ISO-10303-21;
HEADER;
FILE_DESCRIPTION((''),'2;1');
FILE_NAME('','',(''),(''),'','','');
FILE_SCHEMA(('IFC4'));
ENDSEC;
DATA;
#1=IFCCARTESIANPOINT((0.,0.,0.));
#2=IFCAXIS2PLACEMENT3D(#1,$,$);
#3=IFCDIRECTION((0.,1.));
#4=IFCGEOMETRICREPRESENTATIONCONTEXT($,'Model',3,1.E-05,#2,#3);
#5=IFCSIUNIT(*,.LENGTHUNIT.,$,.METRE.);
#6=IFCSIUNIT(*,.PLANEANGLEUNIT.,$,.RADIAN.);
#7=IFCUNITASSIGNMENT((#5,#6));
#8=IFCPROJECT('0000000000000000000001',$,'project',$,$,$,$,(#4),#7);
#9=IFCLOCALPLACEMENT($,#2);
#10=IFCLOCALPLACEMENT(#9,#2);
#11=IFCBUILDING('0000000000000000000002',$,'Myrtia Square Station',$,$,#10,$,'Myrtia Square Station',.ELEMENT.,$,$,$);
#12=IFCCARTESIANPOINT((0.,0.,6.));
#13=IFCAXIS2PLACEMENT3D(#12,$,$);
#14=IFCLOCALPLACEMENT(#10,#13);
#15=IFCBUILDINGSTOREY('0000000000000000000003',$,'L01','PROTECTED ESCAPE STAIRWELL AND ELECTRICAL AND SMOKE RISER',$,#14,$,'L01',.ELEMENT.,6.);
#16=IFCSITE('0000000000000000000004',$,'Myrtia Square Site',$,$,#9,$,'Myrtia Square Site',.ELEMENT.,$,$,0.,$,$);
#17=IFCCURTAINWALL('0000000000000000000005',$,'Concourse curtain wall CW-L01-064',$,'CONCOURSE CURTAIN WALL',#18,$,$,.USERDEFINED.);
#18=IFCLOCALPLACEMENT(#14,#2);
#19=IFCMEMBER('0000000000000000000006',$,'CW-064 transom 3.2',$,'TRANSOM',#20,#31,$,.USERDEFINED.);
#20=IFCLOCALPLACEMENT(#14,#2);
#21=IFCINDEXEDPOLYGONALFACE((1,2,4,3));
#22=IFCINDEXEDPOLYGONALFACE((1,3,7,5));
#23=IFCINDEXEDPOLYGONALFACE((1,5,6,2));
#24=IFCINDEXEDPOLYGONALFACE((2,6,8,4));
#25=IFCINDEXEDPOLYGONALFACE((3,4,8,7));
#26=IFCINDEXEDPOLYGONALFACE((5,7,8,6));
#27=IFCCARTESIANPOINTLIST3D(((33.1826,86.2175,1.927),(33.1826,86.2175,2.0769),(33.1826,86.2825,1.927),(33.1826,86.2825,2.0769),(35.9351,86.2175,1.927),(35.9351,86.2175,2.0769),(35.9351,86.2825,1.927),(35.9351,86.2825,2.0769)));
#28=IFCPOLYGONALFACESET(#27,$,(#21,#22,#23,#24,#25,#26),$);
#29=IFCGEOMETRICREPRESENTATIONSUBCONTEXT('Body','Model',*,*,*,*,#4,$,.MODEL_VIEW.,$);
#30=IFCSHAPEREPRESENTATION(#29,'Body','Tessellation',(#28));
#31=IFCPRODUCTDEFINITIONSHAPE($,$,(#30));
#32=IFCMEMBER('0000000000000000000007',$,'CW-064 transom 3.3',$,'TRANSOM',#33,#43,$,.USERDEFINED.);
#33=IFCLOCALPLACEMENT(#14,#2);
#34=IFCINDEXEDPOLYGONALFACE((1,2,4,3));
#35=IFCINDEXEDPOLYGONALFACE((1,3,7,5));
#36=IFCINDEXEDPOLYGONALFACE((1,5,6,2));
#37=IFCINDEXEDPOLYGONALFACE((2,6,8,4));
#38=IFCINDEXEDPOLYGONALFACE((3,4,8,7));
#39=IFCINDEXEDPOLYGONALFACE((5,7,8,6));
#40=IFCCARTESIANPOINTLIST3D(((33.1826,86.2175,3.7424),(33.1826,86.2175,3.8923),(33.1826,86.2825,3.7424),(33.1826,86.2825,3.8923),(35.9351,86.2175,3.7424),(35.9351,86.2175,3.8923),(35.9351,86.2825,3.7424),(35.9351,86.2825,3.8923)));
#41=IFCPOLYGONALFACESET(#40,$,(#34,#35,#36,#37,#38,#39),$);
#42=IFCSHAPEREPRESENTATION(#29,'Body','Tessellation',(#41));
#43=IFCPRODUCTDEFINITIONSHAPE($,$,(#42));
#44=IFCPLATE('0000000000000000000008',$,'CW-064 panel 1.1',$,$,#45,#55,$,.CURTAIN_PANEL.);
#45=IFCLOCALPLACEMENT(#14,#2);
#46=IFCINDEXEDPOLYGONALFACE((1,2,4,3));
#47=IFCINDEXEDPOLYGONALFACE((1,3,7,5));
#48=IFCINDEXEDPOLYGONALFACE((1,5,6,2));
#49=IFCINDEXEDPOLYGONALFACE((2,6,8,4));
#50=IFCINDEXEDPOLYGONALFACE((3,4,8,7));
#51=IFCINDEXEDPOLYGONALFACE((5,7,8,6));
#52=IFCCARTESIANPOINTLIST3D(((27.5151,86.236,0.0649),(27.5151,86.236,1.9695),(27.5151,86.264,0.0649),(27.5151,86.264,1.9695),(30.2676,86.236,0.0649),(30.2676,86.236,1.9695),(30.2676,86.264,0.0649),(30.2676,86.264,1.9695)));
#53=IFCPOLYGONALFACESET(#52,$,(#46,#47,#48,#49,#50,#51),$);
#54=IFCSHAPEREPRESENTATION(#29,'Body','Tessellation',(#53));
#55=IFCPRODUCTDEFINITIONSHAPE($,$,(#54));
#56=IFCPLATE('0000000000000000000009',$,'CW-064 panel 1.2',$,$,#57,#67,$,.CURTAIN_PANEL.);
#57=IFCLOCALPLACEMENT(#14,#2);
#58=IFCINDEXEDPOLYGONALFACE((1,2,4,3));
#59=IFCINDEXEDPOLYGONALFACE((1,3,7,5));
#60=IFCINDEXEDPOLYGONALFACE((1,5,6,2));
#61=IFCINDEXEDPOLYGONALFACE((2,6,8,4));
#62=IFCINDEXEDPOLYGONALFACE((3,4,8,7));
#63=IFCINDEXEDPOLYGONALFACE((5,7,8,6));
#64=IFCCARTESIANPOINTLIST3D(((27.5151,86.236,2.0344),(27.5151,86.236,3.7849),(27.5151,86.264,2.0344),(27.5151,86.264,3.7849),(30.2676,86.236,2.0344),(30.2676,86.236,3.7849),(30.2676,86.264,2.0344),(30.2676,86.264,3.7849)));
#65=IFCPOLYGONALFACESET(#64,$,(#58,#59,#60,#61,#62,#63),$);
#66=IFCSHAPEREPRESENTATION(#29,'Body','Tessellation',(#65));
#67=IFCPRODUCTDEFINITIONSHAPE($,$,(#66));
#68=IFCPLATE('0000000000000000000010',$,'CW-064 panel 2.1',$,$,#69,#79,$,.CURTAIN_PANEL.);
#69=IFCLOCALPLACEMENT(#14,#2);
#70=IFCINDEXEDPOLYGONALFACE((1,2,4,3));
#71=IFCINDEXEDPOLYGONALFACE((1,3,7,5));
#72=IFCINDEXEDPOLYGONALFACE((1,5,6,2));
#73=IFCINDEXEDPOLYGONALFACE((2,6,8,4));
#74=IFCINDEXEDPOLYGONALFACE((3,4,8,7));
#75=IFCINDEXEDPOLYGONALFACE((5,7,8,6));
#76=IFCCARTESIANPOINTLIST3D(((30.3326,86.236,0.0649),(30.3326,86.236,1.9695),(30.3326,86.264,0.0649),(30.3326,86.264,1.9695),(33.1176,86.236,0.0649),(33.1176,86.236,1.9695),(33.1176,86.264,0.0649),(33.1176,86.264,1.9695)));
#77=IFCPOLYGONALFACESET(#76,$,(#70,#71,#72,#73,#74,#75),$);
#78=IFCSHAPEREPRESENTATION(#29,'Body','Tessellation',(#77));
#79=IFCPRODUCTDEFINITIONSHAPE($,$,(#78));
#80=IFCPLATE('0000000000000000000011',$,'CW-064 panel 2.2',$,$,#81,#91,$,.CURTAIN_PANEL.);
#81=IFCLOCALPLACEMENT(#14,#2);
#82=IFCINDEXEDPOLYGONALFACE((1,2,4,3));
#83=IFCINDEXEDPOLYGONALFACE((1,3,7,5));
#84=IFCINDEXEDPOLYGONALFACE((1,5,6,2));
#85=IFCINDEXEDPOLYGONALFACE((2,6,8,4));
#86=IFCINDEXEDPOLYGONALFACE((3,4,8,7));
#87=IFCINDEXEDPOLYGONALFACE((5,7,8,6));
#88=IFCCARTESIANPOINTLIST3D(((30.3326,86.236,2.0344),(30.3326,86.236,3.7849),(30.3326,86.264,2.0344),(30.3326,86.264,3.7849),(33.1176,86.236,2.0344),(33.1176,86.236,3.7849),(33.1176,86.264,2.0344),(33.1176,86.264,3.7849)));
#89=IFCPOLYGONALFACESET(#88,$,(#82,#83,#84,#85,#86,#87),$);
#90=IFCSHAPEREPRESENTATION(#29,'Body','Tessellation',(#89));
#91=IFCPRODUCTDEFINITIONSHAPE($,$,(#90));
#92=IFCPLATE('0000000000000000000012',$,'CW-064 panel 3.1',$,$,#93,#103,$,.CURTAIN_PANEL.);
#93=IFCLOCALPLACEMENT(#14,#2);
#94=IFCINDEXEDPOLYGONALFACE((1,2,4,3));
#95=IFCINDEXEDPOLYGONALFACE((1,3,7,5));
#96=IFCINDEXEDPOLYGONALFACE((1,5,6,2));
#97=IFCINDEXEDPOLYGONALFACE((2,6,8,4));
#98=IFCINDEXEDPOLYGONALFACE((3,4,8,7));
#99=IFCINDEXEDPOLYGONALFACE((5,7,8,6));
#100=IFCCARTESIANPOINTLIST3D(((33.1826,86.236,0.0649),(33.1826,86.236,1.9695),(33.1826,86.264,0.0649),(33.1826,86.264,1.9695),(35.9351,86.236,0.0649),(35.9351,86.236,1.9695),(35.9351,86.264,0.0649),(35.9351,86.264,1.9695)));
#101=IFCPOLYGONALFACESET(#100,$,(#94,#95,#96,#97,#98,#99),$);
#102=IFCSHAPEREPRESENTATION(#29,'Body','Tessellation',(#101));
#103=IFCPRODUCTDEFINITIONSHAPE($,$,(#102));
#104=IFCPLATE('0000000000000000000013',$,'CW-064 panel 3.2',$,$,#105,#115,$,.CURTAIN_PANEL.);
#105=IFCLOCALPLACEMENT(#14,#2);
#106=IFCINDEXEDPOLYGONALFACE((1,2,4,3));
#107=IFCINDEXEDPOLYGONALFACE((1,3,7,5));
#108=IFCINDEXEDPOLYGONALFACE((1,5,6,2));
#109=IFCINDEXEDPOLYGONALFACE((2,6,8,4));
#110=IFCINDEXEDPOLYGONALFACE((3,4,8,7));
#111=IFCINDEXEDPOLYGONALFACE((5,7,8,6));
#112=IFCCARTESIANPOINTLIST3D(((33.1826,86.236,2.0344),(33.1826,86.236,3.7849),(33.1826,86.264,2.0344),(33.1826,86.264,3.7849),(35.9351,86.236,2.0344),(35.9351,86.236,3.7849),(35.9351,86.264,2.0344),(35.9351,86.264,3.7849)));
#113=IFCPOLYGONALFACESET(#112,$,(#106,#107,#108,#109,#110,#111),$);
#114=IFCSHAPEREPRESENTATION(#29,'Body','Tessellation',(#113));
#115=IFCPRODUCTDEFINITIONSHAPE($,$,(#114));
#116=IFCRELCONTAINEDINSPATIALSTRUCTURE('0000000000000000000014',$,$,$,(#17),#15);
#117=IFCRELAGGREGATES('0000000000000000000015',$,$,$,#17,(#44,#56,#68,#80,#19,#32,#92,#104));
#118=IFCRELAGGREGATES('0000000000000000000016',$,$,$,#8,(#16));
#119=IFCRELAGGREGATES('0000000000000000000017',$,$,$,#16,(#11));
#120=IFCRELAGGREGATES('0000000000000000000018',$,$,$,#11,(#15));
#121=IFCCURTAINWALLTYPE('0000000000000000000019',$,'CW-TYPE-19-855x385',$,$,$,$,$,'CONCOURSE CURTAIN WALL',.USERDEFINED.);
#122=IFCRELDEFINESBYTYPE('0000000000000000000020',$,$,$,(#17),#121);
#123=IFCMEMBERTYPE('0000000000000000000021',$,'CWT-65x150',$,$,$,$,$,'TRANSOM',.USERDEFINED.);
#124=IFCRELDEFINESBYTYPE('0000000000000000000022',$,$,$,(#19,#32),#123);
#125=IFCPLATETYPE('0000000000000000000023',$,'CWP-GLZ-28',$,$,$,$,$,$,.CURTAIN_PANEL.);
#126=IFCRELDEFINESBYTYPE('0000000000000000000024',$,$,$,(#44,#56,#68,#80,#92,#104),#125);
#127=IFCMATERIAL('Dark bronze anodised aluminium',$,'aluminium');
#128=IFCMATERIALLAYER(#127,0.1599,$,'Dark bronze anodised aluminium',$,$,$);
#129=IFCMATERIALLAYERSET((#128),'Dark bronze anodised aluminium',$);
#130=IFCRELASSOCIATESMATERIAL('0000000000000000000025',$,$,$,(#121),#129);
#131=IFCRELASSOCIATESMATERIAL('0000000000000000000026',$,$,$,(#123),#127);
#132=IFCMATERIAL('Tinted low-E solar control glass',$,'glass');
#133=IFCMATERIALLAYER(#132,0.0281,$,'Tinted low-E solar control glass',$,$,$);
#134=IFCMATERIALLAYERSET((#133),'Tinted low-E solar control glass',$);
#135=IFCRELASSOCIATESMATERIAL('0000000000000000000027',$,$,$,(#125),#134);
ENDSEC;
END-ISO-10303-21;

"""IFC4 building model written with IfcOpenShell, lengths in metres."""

from ifc_helpers import new_model, si_unit, direction, frame, origin, origin_2d, place, context, subcontext, project, spatial, rectangle, extrude, material, layer, layer_set, material_profile, profile_set, type_object, element, aggregate, save


model = new_model("IFC4")

# Units and contexts
model_context = context("Model", 3, precision=1e-05, world=origin(), true_north=direction((0.0, 1.0)))
body_context = subcontext(model_context, "Body", "Model", "MODEL_VIEW")
ifc_project = project(units=[si_unit("LENGTHUNIT", "METRE"), si_unit("PLANEANGLEUNIT", "RADIAN")], contexts=[model_context])

# Site, building, storey
site_placement = place(None, origin())
site = spatial("IfcSite", under=ifc_project, at=site_placement, Name="Myrtia Square Site", LongName="Myrtia Square Site", CompositionType="ELEMENT", RefElevation=0.0)
building_placement = place(site_placement, origin())
building = spatial("IfcBuilding", under=site, at=building_placement, Name="Myrtia Square Station", LongName="Myrtia Square Station", CompositionType="ELEMENT")
storey_placement = place(building_placement, frame((0.0, 0.0, 6.0)))
storey = spatial("IfcBuildingStorey", under=building, at=storey_placement, Name="L01", Description="PROTECTED ESCAPE STAIRWELL AND ELECTRICAL AND SMOKE RISER", LongName="L01", CompositionType="ELEMENT", Elevation=6.0)

# Curtain wall, members, plates
ifc_material_1 = material(Name="Dark bronze anodised aluminium", Category="aluminium")
ifc_layer_1 = layer(ifc_material_1, 0.1599, Name="Dark bronze anodised aluminium")
ifc_layer_set_1 = layer_set([ifc_layer_1], Name="Dark bronze anodised aluminium")
curtain_wall_type = type_object("IfcCurtainWallType", Name="CW-TYPE-19-855x385", ElementType="CONCOURSE CURTAIN WALL", PredefinedType="USERDEFINED", material=ifc_layer_set_1)
curtain_wall_placement = place(storey_placement, origin())
curtain_wall = element("IfcCurtainWall", 1, at=curtain_wall_placement, inside=storey, type_object=curtain_wall_type, Name="Concourse curtain wall CW-L01-064", ObjectType="CONCOURSE CURTAIN WALL", PredefinedType="USERDEFINED")
ifc_material_profile_1 = material_profile(ifc_material_1, rectangle(XDim=0.0649, YDim=0.1499, at=origin_2d()), Name="ALU-T 65x150")
ifc_profile_set_1 = profile_set([ifc_material_profile_1], Name="Dark bronze anodised aluminium")
member_type_1 = type_object("IfcMemberType", Name="CWT-65x150", ElementType="TRANSOM", PredefinedType="USERDEFINED", material=ifc_profile_set_1)
member_1_placement = place(storey_placement, frame((33.1826, 86.25, 2.002), z_axis=(1.0, 0.0, 0.0), x_axis=(0.0, 1.0, 0.0)))
member_1 = element("IfcMember", 2, at=member_1_placement, type_object=member_type_1, Name="CW-064 transom 3.2", ObjectType="TRANSOM", PredefinedType="USERDEFINED", context=body_context, shape_type="SweptSolid", body=[
    extrude(rectangle(XDim=0.0649, YDim=0.1499, at=origin_2d()), origin(), (0.0, 0.0, 1.0), 2.7524),
])
member_2_placement = place(storey_placement, frame((33.1826, 86.25, 3.8174), z_axis=(1.0, 0.0, 0.0), x_axis=(0.0, 1.0, 0.0)))
member_2 = element("IfcMember", 3, at=member_2_placement, type_object=member_type_1, Name="CW-064 transom 3.3", ObjectType="TRANSOM", PredefinedType="USERDEFINED", context=body_context, shape_type="SweptSolid", body=[
    extrude(rectangle(XDim=0.0649, YDim=0.1499, at=origin_2d()), origin(), (0.0, 0.0, 1.0), 2.7524),
])
ifc_material_2 = material(Name="Tinted low-E solar control glass", Category="glass")
ifc_layer_2 = layer(ifc_material_2, 0.0281, Name="Tinted low-E solar control glass")
ifc_layer_set_2 = layer_set([ifc_layer_2], Name="Tinted low-E solar control glass")
plate_type = type_object("IfcPlateType", Name="CWP-GLZ-28", PredefinedType="CURTAIN_PANEL", material=ifc_layer_set_2)
plate_1_placement = place(storey_placement, frame((28.8914, 86.25, 0.0649), z_axis=(0.0, 0.0, 1.0), x_axis=(1.0, 0.0, 0.0)))
plate_1 = element("IfcPlate", 4, at=plate_1_placement, type_object=plate_type, Name="CW-064 panel 1.1", PredefinedType="CURTAIN_PANEL", context=body_context, shape_type="SweptSolid", body=[
    extrude(rectangle(XDim=2.7524, YDim=0.0281, at=origin_2d()), origin(), (0.0, 0.0, 1.0), 1.9045),
])
plate_2_placement = place(storey_placement, frame((28.8914, 86.25, 2.0344), z_axis=(0.0, 0.0, 1.0), x_axis=(1.0, 0.0, 0.0)))
plate_2 = element("IfcPlate", 5, at=plate_2_placement, type_object=plate_type, Name="CW-064 panel 1.2", PredefinedType="CURTAIN_PANEL", context=body_context, shape_type="SweptSolid", body=[
    extrude(rectangle(XDim=2.7524, YDim=0.0281, at=origin_2d()), origin(), (0.0, 0.0, 1.0), 1.7505),
])
plate_3_placement = place(storey_placement, frame((31.7251, 86.25, 0.0649), z_axis=(0.0, 0.0, 1.0), x_axis=(1.0, 0.0, 0.0)))
plate_3 = element("IfcPlate", 6, at=plate_3_placement, type_object=plate_type, Name="CW-064 panel 2.1", PredefinedType="CURTAIN_PANEL", context=body_context, shape_type="SweptSolid", body=[
    extrude(rectangle(XDim=2.7849, YDim=0.0281, at=origin_2d()), origin(), (0.0, 0.0, 1.0), 1.9045),
])
plate_4_placement = place(storey_placement, frame((31.7251, 86.25, 2.0344), z_axis=(0.0, 0.0, 1.0), x_axis=(1.0, 0.0, 0.0)))
plate_4 = element("IfcPlate", 7, at=plate_4_placement, type_object=plate_type, Name="CW-064 panel 2.2", PredefinedType="CURTAIN_PANEL", context=body_context, shape_type="SweptSolid", body=[
    extrude(rectangle(XDim=2.7849, YDim=0.0281, at=origin_2d()), origin(), (0.0, 0.0, 1.0), 1.7505),
])
plate_5_placement = place(storey_placement, frame((34.5588, 86.25, 0.0649), z_axis=(0.0, 0.0, 1.0), x_axis=(1.0, 0.0, 0.0)))
plate_5 = element("IfcPlate", 8, at=plate_5_placement, type_object=plate_type, Name="CW-064 panel 3.1", PredefinedType="CURTAIN_PANEL", context=body_context, shape_type="SweptSolid", body=[
    extrude(rectangle(XDim=2.7524, YDim=0.0281, at=origin_2d()), origin(), (0.0, 0.0, 1.0), 1.9045),
])
plate_6_placement = place(storey_placement, frame((34.5588, 86.25, 2.0344), z_axis=(0.0, 0.0, 1.0), x_axis=(1.0, 0.0, 0.0)))
plate_6 = element("IfcPlate", 9, at=plate_6_placement, type_object=plate_type, Name="CW-064 panel 3.2", PredefinedType="CURTAIN_PANEL", context=body_context, shape_type="SweptSolid", body=[
    extrude(rectangle(XDim=2.7524, YDim=0.0281, at=origin_2d()), origin(), (0.0, 0.0, 1.0), 1.7505),
])
aggregate(curtain_wall, [plate_1, plate_2, plate_3, plate_4, member_1, member_2, plate_5, plate_6])

save(model, "model.ifc")
